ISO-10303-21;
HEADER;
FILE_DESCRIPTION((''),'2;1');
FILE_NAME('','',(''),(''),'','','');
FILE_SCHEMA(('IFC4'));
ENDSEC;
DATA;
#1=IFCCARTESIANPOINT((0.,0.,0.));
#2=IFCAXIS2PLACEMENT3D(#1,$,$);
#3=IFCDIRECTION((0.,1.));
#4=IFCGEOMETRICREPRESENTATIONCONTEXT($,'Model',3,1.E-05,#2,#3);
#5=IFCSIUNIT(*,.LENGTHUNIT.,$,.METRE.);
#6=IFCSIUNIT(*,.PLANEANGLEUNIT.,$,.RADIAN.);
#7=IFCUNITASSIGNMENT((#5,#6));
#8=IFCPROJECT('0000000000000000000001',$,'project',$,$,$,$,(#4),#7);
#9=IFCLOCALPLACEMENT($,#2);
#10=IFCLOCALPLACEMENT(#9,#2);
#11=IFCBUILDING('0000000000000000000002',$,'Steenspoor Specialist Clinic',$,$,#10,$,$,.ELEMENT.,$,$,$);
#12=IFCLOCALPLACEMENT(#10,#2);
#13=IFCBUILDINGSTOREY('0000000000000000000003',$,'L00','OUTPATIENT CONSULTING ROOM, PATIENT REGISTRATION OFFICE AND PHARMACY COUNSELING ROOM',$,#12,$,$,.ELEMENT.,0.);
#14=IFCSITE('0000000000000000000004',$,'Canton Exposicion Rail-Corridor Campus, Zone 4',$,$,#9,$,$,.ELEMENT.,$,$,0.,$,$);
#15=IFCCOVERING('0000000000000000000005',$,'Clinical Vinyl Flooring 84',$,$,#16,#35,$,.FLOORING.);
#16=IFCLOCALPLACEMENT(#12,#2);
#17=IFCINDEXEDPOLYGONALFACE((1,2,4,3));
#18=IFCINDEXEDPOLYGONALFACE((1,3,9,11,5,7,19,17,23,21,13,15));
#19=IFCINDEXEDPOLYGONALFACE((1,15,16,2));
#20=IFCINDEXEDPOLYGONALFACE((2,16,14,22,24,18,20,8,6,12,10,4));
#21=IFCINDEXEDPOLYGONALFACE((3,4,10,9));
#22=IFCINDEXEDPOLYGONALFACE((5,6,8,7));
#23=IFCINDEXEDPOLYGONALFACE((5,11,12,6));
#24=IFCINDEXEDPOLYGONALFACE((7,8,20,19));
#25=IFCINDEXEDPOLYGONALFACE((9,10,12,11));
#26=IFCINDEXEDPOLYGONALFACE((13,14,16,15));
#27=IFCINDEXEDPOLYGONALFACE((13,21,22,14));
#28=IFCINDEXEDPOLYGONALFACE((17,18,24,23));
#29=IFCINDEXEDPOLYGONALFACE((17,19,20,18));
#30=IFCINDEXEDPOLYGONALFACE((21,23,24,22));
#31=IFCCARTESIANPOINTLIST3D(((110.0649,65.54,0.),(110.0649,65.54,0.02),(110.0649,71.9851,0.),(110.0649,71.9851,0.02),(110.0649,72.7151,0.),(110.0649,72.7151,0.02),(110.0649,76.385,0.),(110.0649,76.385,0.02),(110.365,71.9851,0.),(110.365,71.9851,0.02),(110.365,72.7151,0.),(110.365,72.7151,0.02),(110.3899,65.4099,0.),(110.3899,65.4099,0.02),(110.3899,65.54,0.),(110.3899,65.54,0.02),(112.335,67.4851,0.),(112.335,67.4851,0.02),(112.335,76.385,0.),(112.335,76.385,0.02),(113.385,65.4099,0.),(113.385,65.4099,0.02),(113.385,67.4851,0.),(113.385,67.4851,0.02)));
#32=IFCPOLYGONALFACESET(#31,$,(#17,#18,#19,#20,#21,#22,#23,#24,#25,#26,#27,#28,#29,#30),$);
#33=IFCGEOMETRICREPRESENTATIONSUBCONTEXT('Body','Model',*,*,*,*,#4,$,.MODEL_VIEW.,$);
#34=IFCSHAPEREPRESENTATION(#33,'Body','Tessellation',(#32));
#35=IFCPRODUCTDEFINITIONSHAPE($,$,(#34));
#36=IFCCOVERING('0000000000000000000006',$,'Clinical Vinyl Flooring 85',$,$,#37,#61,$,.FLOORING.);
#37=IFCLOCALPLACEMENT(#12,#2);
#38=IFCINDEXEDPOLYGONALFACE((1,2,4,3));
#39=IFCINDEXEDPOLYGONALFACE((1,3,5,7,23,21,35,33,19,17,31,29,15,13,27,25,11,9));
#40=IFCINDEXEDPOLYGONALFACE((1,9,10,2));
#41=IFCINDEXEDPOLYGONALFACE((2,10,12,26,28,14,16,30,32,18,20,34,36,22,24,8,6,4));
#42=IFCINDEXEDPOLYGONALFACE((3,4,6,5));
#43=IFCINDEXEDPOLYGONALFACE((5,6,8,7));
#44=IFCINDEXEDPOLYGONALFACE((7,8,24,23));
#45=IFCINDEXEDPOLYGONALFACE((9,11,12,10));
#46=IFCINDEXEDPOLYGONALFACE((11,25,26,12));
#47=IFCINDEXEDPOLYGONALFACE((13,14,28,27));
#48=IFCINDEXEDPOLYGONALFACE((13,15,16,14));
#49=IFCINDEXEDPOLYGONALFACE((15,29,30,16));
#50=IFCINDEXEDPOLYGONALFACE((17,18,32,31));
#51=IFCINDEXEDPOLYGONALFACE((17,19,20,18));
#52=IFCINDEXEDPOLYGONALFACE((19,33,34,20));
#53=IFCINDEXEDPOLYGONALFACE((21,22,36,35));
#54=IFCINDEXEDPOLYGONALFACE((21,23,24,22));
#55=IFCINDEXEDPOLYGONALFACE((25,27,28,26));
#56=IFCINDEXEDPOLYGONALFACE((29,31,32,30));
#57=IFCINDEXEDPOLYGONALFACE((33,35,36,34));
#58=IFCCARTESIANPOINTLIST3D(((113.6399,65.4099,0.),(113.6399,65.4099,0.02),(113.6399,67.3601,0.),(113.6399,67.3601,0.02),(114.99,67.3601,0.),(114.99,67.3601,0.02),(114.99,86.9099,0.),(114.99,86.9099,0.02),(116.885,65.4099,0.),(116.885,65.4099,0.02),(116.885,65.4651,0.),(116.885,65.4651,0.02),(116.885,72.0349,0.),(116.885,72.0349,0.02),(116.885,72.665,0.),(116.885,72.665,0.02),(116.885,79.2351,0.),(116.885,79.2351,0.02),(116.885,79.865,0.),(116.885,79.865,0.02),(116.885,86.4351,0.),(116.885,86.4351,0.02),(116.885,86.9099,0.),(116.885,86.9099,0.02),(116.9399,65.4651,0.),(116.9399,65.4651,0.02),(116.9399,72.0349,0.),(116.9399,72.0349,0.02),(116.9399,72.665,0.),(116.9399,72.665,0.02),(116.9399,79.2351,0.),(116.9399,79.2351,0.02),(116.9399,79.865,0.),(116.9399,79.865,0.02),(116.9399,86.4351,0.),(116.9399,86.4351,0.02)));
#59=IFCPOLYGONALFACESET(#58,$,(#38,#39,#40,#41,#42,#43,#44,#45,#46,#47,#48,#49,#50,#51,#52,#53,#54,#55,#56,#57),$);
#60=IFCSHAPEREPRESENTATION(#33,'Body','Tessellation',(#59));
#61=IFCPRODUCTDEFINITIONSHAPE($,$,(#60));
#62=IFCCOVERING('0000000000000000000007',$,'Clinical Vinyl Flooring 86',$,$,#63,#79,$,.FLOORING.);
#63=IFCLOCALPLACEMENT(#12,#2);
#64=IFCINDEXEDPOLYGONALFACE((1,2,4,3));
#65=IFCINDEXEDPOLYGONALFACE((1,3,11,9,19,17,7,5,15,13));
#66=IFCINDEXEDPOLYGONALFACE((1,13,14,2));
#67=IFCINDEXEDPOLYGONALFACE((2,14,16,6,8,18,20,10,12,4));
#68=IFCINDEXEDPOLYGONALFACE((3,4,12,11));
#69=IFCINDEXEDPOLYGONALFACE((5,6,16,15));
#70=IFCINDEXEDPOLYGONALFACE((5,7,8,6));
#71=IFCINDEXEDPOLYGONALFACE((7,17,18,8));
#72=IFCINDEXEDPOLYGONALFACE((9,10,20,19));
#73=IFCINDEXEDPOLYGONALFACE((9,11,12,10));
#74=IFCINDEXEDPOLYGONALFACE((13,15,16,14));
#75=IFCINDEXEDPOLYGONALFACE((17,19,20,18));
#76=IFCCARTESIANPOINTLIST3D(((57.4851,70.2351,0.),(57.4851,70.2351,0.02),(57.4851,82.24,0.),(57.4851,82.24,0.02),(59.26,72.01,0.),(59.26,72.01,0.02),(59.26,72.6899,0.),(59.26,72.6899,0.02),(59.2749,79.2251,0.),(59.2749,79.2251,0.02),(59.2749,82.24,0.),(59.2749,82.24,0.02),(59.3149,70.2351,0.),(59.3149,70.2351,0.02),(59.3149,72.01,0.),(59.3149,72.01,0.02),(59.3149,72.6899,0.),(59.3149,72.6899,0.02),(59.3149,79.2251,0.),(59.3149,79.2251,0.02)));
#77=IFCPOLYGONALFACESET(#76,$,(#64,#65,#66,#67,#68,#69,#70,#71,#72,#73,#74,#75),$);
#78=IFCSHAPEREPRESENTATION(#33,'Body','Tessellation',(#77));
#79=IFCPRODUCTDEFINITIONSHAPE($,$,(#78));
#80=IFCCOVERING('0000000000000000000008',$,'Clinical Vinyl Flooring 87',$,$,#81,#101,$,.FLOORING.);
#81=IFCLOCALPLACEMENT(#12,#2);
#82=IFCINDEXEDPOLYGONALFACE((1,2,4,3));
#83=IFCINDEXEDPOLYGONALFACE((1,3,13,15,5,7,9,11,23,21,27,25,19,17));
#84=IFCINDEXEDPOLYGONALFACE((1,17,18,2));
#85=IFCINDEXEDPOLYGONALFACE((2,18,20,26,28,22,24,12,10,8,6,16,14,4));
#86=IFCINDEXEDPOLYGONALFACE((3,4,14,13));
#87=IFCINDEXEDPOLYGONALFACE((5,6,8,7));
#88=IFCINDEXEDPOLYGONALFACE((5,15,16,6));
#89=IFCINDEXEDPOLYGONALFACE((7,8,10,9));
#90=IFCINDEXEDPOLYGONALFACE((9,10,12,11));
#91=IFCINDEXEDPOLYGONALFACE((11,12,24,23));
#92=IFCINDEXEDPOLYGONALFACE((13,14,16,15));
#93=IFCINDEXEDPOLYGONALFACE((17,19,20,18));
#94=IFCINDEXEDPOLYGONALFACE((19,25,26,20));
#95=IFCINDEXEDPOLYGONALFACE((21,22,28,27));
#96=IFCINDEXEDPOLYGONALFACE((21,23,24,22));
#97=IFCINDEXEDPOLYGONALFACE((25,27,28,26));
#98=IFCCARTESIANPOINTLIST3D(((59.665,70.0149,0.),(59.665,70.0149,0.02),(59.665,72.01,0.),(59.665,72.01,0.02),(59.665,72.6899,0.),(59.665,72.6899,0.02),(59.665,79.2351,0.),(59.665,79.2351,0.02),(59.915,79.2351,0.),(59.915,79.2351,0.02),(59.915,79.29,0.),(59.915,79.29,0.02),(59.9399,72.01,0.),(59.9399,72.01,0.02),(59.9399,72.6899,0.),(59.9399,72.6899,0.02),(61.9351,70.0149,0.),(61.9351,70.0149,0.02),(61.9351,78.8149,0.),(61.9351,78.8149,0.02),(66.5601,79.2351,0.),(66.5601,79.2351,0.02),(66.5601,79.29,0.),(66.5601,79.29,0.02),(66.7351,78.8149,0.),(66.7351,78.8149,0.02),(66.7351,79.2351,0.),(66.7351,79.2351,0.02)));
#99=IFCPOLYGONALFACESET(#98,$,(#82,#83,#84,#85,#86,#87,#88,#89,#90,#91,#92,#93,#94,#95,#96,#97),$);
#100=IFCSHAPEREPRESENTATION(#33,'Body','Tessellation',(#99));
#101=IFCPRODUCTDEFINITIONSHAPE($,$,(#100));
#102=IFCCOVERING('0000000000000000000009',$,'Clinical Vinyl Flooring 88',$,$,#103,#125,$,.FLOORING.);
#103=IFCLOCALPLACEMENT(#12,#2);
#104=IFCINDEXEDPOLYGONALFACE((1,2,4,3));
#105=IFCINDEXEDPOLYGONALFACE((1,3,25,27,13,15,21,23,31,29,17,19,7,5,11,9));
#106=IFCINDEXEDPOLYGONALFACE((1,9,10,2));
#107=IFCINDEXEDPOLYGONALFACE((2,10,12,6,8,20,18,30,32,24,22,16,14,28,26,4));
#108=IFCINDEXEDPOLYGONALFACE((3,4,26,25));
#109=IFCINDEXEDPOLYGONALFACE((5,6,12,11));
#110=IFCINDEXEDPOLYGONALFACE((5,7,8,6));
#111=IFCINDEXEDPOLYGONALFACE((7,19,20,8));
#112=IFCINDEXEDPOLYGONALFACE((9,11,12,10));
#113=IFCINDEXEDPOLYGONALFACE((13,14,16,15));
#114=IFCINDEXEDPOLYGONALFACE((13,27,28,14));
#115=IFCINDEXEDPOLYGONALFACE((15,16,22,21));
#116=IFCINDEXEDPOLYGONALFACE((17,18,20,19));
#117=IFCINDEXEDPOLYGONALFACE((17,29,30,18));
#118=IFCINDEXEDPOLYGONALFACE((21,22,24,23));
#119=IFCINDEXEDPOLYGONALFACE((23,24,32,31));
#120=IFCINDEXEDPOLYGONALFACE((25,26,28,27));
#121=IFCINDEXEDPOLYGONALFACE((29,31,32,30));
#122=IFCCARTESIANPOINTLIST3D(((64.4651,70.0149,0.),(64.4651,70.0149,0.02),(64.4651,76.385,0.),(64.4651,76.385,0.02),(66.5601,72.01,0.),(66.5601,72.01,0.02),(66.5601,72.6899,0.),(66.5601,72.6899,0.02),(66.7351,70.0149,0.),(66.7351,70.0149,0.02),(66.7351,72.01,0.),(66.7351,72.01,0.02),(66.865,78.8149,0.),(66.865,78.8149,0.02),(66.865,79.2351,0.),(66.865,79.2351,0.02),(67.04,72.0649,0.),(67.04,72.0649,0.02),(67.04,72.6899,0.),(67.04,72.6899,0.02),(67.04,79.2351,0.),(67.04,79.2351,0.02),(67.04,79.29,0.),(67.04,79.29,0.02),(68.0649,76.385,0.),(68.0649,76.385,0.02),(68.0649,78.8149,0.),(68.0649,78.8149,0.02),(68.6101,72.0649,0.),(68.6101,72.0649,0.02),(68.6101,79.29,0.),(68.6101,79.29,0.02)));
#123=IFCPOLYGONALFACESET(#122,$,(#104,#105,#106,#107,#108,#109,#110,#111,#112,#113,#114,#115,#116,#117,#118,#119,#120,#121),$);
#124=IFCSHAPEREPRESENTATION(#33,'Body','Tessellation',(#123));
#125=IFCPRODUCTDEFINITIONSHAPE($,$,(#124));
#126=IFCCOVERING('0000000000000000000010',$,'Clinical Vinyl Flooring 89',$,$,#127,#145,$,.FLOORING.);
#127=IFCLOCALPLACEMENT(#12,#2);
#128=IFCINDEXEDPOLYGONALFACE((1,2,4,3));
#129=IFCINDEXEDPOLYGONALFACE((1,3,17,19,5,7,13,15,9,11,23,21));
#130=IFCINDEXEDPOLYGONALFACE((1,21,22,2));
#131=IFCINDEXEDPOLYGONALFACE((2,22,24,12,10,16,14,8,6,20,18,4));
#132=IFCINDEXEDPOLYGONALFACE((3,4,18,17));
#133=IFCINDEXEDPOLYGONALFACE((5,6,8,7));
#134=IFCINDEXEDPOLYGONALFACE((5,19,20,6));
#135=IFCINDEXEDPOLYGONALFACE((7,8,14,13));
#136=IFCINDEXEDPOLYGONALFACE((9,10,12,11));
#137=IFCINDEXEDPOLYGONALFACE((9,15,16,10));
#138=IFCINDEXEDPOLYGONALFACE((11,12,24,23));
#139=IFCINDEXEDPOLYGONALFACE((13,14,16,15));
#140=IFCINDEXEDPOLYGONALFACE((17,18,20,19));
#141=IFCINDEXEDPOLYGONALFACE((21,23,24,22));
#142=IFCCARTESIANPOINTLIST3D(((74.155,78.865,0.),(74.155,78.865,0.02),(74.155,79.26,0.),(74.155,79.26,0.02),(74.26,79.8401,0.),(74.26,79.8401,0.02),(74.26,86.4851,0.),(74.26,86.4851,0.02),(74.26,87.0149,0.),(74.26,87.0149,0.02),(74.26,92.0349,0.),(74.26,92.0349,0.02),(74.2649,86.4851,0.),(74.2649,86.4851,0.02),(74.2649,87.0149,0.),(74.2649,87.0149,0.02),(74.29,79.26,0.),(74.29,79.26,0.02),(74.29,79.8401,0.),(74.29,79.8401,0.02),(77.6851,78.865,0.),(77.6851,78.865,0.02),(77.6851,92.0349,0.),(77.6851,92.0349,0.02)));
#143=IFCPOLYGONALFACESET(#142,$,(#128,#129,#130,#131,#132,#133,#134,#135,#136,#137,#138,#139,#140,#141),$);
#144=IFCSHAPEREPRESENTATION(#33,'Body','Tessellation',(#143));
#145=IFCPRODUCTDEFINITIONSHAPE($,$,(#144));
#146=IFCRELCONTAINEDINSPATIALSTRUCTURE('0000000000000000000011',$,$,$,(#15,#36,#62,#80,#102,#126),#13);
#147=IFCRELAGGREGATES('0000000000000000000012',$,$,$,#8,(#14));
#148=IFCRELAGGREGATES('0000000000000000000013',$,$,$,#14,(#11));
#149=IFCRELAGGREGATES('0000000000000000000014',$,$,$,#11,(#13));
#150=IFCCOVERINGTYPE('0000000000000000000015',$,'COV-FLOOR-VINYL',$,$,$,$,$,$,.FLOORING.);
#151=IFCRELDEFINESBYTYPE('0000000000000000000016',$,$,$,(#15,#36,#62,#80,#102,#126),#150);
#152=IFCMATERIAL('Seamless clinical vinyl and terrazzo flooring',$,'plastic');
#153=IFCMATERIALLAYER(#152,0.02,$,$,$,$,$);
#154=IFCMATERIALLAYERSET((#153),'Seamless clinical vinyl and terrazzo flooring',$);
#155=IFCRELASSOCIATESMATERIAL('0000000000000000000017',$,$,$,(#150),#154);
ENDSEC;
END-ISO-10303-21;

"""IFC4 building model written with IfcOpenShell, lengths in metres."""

from ifc_helpers import new_model, si_unit, direction, origin, place, context, subcontext, project, spatial, polyline, outline, extrude, material, layer, layer_set, type_object, element, save


model = new_model("IFC4")

# Units and contexts
model_context = context("Model", 3, precision=1e-05, world=origin(), true_north=direction((0.0, 1.0)))
body_context = subcontext(model_context, "Body", "Model", "MODEL_VIEW")
ifc_project = project(units=[si_unit("LENGTHUNIT", "METRE"), si_unit("PLANEANGLEUNIT", "RADIAN")], contexts=[model_context])

# Site, building, storey
site_placement = place(None, origin())
site = spatial("IfcSite", under=ifc_project, at=site_placement, Name="Canton Exposicion Rail-Corridor Campus, Zone 4", CompositionType="ELEMENT", RefElevation=0.0)
building_placement = place(site_placement, origin())
building = spatial("IfcBuilding", under=site, at=building_placement, Name="Steenspoor Specialist Clinic", CompositionType="ELEMENT")
storey_placement = place(building_placement, origin())
storey = spatial("IfcBuildingStorey", under=building, at=storey_placement, Name="L00", Description="OUTPATIENT CONSULTING ROOM, PATIENT REGISTRATION OFFICE AND PHARMACY COUNSELING ROOM", CompositionType="ELEMENT", Elevation=0.0)

# Coverings
ifc_material = material(Name="Seamless clinical vinyl and terrazzo flooring", Category="plastic")
ifc_layer = layer(ifc_material, 0.02)
ifc_layer_set = layer_set([ifc_layer], Name="Seamless clinical vinyl and terrazzo flooring")
covering_type = type_object("IfcCoveringType", Name="COV-FLOOR-VINYL", PredefinedType="FLOORING", material=ifc_layer_set)
covering_1_placement = place(storey_placement, origin())
element("IfcCovering", 1, at=covering_1_placement, inside=storey, type_object=covering_type, Name="Clinical Vinyl Flooring 84", PredefinedType="FLOORING", context=body_context, shape_type="SweptSolid", body=[
    extrude(outline(polyline([(112.335, 67.4851), (113.385, 67.4851), (113.385, 65.4099), (110.3899, 65.4099), (110.3899, 65.54), (110.0649, 65.54), (110.0649, 71.9851), (110.365, 71.9851), (110.365, 72.7151), (110.0649, 72.7151), (110.0649, 76.385), (112.335, 76.385), (112.335, 67.4851)])), origin(), (0.0, 0.0, 1.0), 0.02),
])
covering_2_placement = place(storey_placement, origin())
element("IfcCovering", 2, at=covering_2_placement, inside=storey, type_object=covering_type, Name="Clinical Vinyl Flooring 85", PredefinedType="FLOORING", context=body_context, shape_type="SweptSolid", body=[
    extrude(outline(polyline([(114.99, 67.3601), (114.99, 86.9099), (116.885, 86.9099), (116.885, 86.4351), (116.9399, 86.4351), (116.9399, 79.865), (116.885, 79.865), (116.885, 79.2351), (116.9399, 79.2351), (116.9399, 72.665), (116.885, 72.665), (116.885, 72.0349), (116.9399, 72.0349), (116.9399, 65.4651), (116.885, 65.4651), (116.885, 65.4099), (113.6399, 65.4099), (113.6399, 67.3601), (114.99, 67.3601)])), origin(), (0.0, 0.0, 1.0), 0.02),
])
covering_3_placement = place(storey_placement, origin())
element("IfcCovering", 3, at=covering_3_placement, inside=storey, type_object=covering_type, Name="Clinical Vinyl Flooring 86", PredefinedType="FLOORING", context=body_context, shape_type="SweptSolid", body=[
    extrude(outline(polyline([(59.3149, 79.2251), (59.3149, 72.6899), (59.26, 72.6899), (59.26, 72.01), (59.3149, 72.01), (59.3149, 70.2351), (57.4851, 70.2351), (57.4851, 82.24), (59.2749, 82.24), (59.2749, 79.2251), (59.3149, 79.2251)])), origin(), (0.0, 0.0, 1.0), 0.02),
])
covering_4_placement = place(storey_placement, origin())
element("IfcCovering", 4, at=covering_4_placement, inside=storey, type_object=covering_type, Name="Clinical Vinyl Flooring 87", PredefinedType="FLOORING", context=body_context, shape_type="SweptSolid", body=[
    extrude(outline(polyline([(59.665, 72.01), (59.9399, 72.01), (59.9399, 72.6899), (59.665, 72.6899), (59.665, 79.2351), (59.915, 79.2351), (59.915, 79.29), (66.5601, 79.29), (66.5601, 79.2351), (66.7351, 79.2351), (66.7351, 78.8149), (61.9351, 78.8149), (61.9351, 70.0149), (59.665, 70.0149), (59.665, 72.01)])), origin(), (0.0, 0.0, 1.0), 0.02),
])
covering_5_placement = place(storey_placement, origin())
element("IfcCovering", 5, at=covering_5_placement, inside=storey, type_object=covering_type, Name="Clinical Vinyl Flooring 88", PredefinedType="FLOORING", context=body_context, shape_type="SweptSolid", body=[
    extrude(outline(polyline([(66.865, 78.8149), (66.865, 79.2351), (67.04, 79.2351), (67.04, 79.29), (68.6101, 79.29), (68.6101, 72.0649), (67.04, 72.0649), (67.04, 72.6899), (66.5601, 72.6899), (66.5601, 72.01), (66.7351, 72.01), (66.7351, 70.0149), (64.4651, 70.0149), (64.4651, 76.385), (68.0649, 76.385), (68.0649, 78.8149), (66.865, 78.8149)])), origin(), (0.0, 0.0, 1.0), 0.02),
])
covering_6_placement = place(storey_placement, origin())
element("IfcCovering", 6, at=covering_6_placement, inside=storey, type_object=covering_type, Name="Clinical Vinyl Flooring 89", PredefinedType="FLOORING", context=body_context, shape_type="SweptSolid", body=[
    extrude(outline(polyline([(77.6851, 78.865), (74.155, 78.865), (74.155, 79.26), (74.29, 79.26), (74.29, 79.8401), (74.26, 79.8401), (74.26, 86.4851), (74.2649, 86.4851), (74.2649, 87.0149), (74.26, 87.0149), (74.26, 92.0349), (77.6851, 92.0349), (77.6851, 78.865)])), origin(), (0.0, 0.0, 1.0), 0.02),
])

save(model, "model.ifc")
